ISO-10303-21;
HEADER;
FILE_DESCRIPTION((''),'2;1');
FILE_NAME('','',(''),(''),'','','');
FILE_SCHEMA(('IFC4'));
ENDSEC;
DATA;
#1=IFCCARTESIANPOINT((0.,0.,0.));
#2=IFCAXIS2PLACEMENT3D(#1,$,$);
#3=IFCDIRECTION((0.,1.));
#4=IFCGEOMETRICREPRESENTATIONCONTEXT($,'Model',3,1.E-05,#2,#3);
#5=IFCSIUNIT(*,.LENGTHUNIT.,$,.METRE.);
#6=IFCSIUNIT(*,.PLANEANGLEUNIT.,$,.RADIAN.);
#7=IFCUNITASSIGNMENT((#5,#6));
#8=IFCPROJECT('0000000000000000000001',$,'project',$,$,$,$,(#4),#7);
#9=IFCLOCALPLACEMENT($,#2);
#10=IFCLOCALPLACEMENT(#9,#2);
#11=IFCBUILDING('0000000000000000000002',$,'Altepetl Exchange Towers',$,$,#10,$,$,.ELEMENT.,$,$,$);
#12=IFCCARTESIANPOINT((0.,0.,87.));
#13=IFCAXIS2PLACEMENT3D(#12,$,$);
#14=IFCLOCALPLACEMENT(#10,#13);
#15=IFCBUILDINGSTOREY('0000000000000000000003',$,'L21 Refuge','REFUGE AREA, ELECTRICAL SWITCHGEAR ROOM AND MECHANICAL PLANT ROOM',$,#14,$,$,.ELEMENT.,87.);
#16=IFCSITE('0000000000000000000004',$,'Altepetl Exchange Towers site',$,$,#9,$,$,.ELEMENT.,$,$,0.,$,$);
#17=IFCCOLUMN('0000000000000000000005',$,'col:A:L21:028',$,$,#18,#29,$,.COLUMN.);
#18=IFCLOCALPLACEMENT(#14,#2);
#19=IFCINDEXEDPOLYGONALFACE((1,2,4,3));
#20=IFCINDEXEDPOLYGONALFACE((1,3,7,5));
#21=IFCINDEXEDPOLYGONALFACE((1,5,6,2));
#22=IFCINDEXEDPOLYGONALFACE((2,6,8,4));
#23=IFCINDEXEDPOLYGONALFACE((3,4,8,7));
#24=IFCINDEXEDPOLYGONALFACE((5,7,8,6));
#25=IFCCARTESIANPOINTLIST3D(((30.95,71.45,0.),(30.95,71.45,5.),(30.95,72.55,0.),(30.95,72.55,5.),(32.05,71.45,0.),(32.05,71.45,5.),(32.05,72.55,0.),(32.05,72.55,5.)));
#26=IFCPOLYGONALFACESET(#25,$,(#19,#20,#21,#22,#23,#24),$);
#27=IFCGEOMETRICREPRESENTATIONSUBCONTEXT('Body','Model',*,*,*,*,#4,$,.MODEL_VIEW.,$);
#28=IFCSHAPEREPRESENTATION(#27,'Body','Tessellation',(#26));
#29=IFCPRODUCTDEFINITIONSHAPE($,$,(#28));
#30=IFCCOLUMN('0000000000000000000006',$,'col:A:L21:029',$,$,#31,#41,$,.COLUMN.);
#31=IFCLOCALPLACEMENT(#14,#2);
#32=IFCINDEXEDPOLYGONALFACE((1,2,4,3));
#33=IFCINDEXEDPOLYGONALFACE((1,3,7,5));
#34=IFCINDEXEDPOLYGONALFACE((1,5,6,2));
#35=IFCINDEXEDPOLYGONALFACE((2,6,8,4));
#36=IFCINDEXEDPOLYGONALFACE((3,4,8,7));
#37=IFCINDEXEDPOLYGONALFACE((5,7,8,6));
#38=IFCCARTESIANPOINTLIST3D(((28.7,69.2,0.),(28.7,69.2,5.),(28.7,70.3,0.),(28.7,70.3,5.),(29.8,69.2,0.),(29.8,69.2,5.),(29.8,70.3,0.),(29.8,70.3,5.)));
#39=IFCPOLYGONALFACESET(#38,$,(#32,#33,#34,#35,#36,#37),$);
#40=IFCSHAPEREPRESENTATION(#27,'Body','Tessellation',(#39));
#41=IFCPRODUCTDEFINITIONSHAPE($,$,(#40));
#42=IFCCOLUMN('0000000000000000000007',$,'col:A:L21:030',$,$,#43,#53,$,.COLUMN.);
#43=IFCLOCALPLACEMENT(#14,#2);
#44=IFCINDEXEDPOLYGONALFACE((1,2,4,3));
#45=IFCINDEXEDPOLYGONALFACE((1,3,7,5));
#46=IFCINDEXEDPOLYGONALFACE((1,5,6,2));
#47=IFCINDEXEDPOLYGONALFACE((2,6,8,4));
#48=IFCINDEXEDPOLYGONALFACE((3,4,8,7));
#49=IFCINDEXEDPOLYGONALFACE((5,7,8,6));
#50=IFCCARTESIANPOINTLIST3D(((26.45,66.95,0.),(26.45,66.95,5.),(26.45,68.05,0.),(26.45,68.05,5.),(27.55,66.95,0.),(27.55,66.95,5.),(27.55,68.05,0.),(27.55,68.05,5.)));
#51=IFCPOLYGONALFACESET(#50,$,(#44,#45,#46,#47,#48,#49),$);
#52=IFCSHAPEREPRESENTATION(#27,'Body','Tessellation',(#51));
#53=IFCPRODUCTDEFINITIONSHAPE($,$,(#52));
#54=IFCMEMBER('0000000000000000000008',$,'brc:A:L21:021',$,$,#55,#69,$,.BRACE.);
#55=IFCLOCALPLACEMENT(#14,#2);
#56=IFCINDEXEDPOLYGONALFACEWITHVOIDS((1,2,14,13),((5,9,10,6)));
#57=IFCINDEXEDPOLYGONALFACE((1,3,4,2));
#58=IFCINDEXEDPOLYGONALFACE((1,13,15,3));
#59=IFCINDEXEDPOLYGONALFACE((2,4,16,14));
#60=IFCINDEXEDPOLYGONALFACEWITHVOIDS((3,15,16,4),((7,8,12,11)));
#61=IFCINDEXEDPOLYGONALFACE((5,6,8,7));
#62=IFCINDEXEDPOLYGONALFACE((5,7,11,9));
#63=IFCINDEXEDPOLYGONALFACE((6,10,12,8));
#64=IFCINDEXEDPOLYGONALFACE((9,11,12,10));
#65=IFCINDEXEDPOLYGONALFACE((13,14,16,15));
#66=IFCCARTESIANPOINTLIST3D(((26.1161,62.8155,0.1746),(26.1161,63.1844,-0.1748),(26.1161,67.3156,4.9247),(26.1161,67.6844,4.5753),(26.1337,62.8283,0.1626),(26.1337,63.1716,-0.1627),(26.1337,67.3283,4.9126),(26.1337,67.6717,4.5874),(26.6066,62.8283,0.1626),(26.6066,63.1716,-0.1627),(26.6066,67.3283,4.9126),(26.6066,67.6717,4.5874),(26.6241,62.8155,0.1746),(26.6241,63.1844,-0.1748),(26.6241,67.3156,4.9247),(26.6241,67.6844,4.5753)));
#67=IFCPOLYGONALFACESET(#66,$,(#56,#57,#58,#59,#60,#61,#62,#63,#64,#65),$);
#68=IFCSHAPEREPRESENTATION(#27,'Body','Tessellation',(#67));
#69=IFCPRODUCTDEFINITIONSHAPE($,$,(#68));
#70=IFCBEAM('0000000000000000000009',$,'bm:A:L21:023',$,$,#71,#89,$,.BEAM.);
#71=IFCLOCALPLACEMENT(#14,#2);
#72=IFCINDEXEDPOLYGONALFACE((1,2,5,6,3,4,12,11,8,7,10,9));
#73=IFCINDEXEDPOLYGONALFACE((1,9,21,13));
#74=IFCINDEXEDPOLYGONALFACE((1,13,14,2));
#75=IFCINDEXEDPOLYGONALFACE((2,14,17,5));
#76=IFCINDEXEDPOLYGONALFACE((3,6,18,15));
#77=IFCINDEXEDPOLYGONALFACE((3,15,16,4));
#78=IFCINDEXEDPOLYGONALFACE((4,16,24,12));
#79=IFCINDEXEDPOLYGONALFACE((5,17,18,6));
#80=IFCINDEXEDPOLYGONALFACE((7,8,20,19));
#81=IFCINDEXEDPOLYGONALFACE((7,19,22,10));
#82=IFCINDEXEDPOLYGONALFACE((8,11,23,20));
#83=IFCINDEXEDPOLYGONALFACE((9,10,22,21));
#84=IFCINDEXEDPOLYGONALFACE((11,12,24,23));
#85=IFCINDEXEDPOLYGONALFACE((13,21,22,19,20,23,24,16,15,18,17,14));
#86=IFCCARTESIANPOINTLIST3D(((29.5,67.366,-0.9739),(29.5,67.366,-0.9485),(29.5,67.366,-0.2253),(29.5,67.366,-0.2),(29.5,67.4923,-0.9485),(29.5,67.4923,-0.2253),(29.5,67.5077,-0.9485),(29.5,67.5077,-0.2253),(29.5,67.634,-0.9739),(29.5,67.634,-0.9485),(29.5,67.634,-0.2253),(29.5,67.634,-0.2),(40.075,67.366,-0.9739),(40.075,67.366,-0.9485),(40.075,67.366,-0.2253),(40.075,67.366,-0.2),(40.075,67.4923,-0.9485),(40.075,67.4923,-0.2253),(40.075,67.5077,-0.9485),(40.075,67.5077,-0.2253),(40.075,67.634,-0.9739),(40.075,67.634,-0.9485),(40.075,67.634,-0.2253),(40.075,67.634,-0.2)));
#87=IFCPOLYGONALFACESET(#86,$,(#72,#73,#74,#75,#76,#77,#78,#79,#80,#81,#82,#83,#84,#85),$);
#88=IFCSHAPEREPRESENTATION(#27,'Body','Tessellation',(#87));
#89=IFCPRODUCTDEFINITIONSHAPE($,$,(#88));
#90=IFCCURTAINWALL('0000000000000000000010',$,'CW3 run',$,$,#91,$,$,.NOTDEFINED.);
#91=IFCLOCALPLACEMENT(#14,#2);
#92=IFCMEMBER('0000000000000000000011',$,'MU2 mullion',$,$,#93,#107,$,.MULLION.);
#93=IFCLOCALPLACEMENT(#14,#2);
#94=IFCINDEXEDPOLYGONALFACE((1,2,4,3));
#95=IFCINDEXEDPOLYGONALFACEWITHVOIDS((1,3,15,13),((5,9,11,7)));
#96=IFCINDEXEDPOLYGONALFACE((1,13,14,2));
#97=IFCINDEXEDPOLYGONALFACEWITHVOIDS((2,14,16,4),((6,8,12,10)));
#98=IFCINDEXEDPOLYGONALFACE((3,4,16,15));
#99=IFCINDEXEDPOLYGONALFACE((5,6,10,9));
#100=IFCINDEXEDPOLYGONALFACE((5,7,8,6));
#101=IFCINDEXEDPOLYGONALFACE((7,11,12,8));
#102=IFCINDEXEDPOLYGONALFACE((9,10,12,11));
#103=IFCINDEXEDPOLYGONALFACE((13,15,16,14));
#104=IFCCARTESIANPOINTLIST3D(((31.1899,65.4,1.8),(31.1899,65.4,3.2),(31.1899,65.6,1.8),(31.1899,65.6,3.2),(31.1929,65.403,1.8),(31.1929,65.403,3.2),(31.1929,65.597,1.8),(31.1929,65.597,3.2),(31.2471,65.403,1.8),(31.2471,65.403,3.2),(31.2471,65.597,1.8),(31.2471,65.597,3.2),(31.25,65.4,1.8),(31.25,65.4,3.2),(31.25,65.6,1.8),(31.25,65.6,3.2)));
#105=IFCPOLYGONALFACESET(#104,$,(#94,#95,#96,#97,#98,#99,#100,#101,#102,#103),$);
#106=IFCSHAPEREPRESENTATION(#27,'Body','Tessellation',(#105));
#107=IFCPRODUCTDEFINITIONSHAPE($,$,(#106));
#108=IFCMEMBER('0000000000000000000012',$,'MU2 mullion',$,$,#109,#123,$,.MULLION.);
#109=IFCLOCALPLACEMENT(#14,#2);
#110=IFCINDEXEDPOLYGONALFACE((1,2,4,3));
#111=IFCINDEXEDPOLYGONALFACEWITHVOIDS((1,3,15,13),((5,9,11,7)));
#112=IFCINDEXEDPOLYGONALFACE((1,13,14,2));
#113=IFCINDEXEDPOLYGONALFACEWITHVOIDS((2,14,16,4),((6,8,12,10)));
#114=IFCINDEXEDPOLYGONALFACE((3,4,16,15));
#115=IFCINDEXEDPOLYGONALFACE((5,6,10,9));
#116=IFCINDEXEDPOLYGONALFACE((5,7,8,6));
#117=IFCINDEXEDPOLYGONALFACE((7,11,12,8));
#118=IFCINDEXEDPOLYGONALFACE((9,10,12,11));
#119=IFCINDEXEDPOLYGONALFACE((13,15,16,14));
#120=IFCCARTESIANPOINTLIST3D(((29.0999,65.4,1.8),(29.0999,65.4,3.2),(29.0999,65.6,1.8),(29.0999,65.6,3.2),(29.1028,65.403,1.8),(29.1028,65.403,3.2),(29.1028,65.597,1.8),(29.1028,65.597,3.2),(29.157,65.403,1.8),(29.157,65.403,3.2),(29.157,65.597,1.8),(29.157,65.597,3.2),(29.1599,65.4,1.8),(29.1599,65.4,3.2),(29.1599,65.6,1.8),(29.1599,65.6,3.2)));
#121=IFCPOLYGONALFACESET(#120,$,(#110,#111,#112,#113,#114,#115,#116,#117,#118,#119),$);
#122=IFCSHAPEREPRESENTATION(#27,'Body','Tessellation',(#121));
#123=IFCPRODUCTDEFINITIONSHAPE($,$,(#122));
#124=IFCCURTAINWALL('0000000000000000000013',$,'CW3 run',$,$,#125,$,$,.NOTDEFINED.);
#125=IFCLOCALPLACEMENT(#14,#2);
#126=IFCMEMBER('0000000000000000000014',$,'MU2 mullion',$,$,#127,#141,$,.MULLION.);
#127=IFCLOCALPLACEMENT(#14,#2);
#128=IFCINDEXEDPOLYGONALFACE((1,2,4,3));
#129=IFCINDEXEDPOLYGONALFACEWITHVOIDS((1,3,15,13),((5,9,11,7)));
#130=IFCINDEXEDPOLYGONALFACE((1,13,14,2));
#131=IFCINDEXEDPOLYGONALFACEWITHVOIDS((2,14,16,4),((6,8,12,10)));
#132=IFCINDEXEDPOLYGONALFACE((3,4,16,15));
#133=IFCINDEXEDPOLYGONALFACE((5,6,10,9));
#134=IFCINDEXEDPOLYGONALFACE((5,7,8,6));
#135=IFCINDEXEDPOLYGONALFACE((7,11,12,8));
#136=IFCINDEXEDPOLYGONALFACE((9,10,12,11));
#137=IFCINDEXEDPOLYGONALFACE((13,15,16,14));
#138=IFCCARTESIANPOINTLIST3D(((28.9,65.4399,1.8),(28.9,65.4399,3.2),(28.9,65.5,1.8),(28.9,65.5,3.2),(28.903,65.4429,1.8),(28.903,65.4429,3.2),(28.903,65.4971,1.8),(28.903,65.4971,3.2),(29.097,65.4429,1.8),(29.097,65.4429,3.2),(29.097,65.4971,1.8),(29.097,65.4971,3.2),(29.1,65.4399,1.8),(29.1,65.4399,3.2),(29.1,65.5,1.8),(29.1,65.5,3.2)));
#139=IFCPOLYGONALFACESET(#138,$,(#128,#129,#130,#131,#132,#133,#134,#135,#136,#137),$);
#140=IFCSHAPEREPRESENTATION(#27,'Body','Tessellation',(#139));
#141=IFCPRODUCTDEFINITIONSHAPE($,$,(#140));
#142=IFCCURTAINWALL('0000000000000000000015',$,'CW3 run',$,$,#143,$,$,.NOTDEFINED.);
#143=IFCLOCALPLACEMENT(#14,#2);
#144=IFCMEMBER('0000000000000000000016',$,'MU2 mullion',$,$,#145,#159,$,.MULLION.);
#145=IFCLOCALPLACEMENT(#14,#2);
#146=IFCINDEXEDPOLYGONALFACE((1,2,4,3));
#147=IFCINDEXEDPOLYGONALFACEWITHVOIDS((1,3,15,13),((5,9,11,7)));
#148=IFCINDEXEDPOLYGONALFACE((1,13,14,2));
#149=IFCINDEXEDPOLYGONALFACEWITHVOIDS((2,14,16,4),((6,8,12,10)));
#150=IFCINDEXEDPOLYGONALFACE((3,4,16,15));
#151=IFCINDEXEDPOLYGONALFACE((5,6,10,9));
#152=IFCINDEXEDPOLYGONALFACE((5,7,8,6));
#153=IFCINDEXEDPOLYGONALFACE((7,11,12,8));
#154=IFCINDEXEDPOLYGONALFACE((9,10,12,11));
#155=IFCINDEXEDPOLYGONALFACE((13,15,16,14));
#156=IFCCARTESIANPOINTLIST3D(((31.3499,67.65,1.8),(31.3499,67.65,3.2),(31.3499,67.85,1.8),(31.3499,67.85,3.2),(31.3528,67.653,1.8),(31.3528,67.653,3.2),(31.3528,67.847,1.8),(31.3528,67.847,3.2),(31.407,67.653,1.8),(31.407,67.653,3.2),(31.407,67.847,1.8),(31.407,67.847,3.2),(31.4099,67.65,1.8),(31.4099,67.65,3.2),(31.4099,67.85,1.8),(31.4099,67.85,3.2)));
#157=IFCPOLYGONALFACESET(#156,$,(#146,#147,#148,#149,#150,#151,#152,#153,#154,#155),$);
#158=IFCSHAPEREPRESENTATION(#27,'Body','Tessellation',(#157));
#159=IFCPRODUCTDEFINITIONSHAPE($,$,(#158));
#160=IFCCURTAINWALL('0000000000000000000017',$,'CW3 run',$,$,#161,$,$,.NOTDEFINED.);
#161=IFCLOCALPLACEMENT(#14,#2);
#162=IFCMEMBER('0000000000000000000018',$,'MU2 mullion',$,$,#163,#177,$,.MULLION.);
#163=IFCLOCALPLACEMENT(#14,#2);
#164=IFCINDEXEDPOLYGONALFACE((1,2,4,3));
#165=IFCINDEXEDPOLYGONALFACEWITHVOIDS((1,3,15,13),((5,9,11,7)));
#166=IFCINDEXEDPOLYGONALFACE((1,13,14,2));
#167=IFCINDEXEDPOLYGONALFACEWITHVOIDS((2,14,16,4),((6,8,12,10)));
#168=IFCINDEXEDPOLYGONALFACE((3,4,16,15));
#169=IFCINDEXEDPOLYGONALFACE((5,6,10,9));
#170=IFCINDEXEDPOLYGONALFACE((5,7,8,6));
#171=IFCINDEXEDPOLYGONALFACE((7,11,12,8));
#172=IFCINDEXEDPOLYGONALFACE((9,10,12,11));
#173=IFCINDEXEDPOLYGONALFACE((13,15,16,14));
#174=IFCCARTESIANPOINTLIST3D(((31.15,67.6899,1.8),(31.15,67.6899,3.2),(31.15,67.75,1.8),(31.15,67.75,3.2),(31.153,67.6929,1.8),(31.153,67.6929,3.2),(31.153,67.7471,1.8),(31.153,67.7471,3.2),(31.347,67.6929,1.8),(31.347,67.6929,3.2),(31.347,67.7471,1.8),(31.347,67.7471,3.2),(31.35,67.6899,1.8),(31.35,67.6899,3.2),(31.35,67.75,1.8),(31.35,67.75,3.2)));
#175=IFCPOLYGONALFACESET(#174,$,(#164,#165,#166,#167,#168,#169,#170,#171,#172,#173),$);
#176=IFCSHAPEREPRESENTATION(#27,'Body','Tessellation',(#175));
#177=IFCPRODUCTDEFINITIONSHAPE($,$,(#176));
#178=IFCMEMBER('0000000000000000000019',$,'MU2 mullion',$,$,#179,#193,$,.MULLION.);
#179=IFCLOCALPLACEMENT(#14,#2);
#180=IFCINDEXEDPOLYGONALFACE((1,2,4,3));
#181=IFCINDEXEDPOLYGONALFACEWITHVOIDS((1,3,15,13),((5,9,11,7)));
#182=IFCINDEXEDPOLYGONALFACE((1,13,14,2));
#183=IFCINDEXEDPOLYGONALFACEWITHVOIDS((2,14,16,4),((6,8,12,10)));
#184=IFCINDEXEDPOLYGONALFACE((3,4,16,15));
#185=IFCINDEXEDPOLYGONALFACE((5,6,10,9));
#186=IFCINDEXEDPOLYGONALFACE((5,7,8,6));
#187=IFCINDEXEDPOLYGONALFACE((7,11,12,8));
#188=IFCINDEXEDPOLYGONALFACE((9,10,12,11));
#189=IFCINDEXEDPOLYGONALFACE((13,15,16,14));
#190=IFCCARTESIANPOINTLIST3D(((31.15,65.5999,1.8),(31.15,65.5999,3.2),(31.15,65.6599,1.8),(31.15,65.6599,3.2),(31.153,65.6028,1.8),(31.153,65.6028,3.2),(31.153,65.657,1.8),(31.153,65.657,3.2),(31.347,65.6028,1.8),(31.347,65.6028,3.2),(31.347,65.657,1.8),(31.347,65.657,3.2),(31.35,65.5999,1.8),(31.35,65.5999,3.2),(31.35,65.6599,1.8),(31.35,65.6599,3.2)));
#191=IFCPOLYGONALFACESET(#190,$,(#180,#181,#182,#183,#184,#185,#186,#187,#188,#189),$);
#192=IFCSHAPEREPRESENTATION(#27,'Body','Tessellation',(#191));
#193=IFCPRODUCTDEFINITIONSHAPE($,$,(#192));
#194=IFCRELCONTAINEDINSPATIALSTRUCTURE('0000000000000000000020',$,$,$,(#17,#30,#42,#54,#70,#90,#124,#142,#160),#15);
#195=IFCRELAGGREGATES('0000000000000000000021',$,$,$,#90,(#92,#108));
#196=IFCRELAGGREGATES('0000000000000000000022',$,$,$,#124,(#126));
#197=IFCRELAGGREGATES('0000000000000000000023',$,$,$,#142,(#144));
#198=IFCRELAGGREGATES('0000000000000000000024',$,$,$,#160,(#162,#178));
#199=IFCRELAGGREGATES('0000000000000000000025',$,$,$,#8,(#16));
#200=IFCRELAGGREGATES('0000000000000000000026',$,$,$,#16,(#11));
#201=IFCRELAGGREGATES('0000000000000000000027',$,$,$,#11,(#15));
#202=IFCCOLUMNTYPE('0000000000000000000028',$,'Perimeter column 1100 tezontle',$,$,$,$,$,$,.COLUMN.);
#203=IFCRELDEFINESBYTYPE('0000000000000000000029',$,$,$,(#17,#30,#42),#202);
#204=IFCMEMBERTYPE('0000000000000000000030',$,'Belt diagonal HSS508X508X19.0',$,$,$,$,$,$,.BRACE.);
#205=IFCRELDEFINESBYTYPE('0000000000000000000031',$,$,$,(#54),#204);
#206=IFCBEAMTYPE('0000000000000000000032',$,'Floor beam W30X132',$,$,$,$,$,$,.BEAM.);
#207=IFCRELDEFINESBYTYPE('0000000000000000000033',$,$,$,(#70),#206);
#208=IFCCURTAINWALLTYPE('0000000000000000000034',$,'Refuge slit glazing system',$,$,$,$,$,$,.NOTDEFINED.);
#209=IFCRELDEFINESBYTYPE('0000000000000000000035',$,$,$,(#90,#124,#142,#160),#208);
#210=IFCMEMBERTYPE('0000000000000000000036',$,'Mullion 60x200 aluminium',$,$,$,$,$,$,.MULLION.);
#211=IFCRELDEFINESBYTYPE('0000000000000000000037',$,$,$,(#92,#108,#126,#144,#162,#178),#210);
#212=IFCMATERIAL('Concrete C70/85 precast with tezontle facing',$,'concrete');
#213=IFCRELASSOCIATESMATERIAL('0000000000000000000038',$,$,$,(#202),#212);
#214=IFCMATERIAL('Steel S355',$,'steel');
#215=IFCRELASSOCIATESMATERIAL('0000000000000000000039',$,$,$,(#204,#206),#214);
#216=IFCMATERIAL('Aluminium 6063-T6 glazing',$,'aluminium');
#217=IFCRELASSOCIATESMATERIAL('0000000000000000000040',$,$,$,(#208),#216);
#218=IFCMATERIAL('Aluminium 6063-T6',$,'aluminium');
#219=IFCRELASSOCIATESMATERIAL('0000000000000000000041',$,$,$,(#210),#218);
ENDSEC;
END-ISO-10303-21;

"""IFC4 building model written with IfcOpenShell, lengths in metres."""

from ifc_helpers import new_model, si_unit, direction, frame, origin, origin_2d, place, context, subcontext, project, spatial, rectangle, hollow_rectangle, i_section, extrude, material, material_profile, profile_set, type_object, element, aggregate, save


model = new_model("IFC4")

# Units and contexts
model_context = context("Model", 3, precision=1e-05, world=origin(), true_north=direction((0.0, 1.0)))
body_context = subcontext(model_context, "Body", "Model", "MODEL_VIEW")
ifc_project = project(units=[si_unit("LENGTHUNIT", "METRE"), si_unit("PLANEANGLEUNIT", "RADIAN")], contexts=[model_context])

# Site, building, storey
site_placement = place(None, origin())
site = spatial("IfcSite", under=ifc_project, at=site_placement, Name="Altepetl Exchange Towers site", CompositionType="ELEMENT", RefElevation=0.0)
building_placement = place(site_placement, origin())
building = spatial("IfcBuilding", under=site, at=building_placement, Name="Altepetl Exchange Towers", CompositionType="ELEMENT")
storey_placement = place(building_placement, frame((0.0, 0.0, 87.0)))
storey = spatial("IfcBuildingStorey", under=building, at=storey_placement, Name="L21 Refuge", Description="REFUGE AREA, ELECTRICAL SWITCHGEAR ROOM AND MECHANICAL PLANT ROOM", CompositionType="ELEMENT", Elevation=87.0)

# Columns
ifc_material_1 = material(Name="Concrete C70/85 precast with tezontle facing", Category="concrete")
ifc_material_profile_1 = material_profile(ifc_material_1, rectangle(XDim=1.1001, YDim=1.1001, at=origin_2d()), Name="1100 x 1100")
ifc_profile_set_1 = profile_set([ifc_material_profile_1], Name="Concrete C70/85 precast with tezontle facing")
column_type = type_object("IfcColumnType", Name="Perimeter column 1100 tezontle", PredefinedType="COLUMN", material=ifc_profile_set_1)
for number, where, name in (
    (1, (31.5, 72.0, 0.0), "col:A:L21:028"),
    (2, (29.25, 69.75, 0.0), "col:A:L21:029"),
    (3, (27.0, 67.5, 0.0), "col:A:L21:030"),
):
    element("IfcColumn", number, at=place(storey_placement, frame(where)), inside=storey, type_object=column_type, Name=name, PredefinedType="COLUMN", context=body_context, shape_type="SweptSolid", body=[
        extrude(rectangle(XDim=1.1001, YDim=1.1001, at=origin_2d()), origin(), (0.0, 0.0, 1.0), 5.0),
    ])

# Member
ifc_material_2 = material(Name="Steel S355", Category="steel")
ifc_material_profile_2 = material_profile(ifc_material_2, hollow_rectangle(XDim=0.5081, YDim=0.5081, WallThickness=0.0176, at=origin_2d()), Name="HSS508X508X19.0")
ifc_profile_set_2 = profile_set([ifc_material_profile_2], Name="Steel S355")
member_type_1 = type_object("IfcMemberType", Name="Belt diagonal HSS508X508X19.0", PredefinedType="BRACE", material=ifc_profile_set_2)
member_1_placement = place(storey_placement, frame((26.3701, 67.5, 4.75), z_axis=(0.0, -0.687745, -0.725953), x_axis=(1.0, 0.0, 0.0)))
element("IfcMember", 4, at=member_1_placement, inside=storey, type_object=member_type_1, Name="brc:A:L21:021", PredefinedType="BRACE", context=body_context, shape_type="SweptSolid", body=[
    extrude(hollow_rectangle(XDim=0.5081, YDim=0.5081, WallThickness=0.0176, at=origin_2d()), origin(), (0.0, 0.0, 1.0), 6.5432),
])

# Beam
ifc_material_profile_3 = material_profile(ifc_material_2, i_section(OverallWidth=0.2681, OverallDepth=0.7739, WebThickness=0.0154, FlangeThickness=0.0254, at=origin_2d()), Name="W30X132")
ifc_profile_set_3 = profile_set([ifc_material_profile_3], Name="Steel S355")
beam_type_1 = type_object("IfcBeamType", Name="Floor beam W30X132", PredefinedType="BEAM", material=ifc_profile_set_3)
beam_1_placement = place(storey_placement, frame((29.5, 67.5, -0.5869), z_axis=(1.0, 0.0, 0.0), x_axis=(0.0, 1.0, 0.0)))
element("IfcBeam", 5, at=beam_1_placement, inside=storey, type_object=beam_type_1, Name="bm:A:L21:023", PredefinedType="BEAM", context=body_context, shape_type="SweptSolid", body=[
    extrude(i_section(OverallWidth=0.2681, OverallDepth=0.7739, WebThickness=0.0154, FlangeThickness=0.0254, at=origin_2d()), origin(), (0.0, 0.0, 1.0), 10.575),
])

# Curtain wall, members
ifc_material_3 = material(Name="Aluminium 6063-T6 glazing", Category="aluminium")
curtain_wall_type = type_object("IfcCurtainWallType", Name="Refuge slit glazing system", PredefinedType="NOTDEFINED", material=ifc_material_3)
curtain_wall_1_placement = place(storey_placement, origin())
curtain_wall_1 = element("IfcCurtainWall", 6, at=curtain_wall_1_placement, inside=storey, type_object=curtain_wall_type, Name="CW3 run", PredefinedType="NOTDEFINED")
ifc_material_4 = material(Name="Aluminium 6063-T6", Category="aluminium")
ifc_material_profile_4 = material_profile(ifc_material_4, hollow_rectangle(XDim=0.0601, YDim=0.2, WallThickness=0.0029, at=origin_2d()), Name="Mullion 60x200 aluminium")
ifc_profile_set_4 = profile_set([ifc_material_profile_4], Name="Aluminium 6063-T6")
member_type_2 = type_object("IfcMemberType", Name="Mullion 60x200 aluminium", PredefinedType="MULLION", material=ifc_profile_set_4)
member_2_placement = place(storey_placement, frame((31.22, 65.5, 1.8), z_axis=(0.0, 0.0, 1.0), x_axis=(-1.0, 0.0, 0.0)))
member_2 = element("IfcMember", 7, at=member_2_placement, type_object=member_type_2, Name="MU2 mullion", PredefinedType="MULLION", context=body_context, shape_type="SweptSolid", body=[
    extrude(hollow_rectangle(XDim=0.0601, YDim=0.2, WallThickness=0.0029, at=origin_2d()), origin(), (0.0, 0.0, 1.0), 1.3999),
])
member_3_placement = place(storey_placement, frame((29.1299, 65.5, 1.8), z_axis=(0.0, 0.0, 1.0), x_axis=(-1.0, 0.0, 0.0)))
member_3 = element("IfcMember", 8, at=member_3_placement, type_object=member_type_2, Name="MU2 mullion", PredefinedType="MULLION", context=body_context, shape_type="SweptSolid", body=[
    extrude(hollow_rectangle(XDim=0.0601, YDim=0.2, WallThickness=0.0029, at=origin_2d()), origin(), (0.0, 0.0, 1.0), 1.3999),
])

# Curtain walls, members
curtain_wall_2_placement = place(storey_placement, origin())
curtain_wall_2 = element("IfcCurtainWall", 9, at=curtain_wall_2_placement, inside=storey, type_object=curtain_wall_type, Name="CW3 run", PredefinedType="NOTDEFINED")
member_4_placement = place(storey_placement, frame((29.0, 65.47, 1.8), z_axis=(0.0, 0.0, 1.0), x_axis=(0.0, -1.0, 0.0)))
member_4 = element("IfcMember", 10, at=member_4_placement, type_object=member_type_2, Name="MU2 mullion", PredefinedType="MULLION", context=body_context, shape_type="SweptSolid", body=[
    extrude(hollow_rectangle(XDim=0.0601, YDim=0.2, WallThickness=0.0029, at=origin_2d()), origin(), (0.0, 0.0, 1.0), 1.3999),
])
curtain_wall_3_placement = place(storey_placement, origin())
curtain_wall_3 = element("IfcCurtainWall", 11, at=curtain_wall_3_placement, inside=storey, type_object=curtain_wall_type, Name="CW3 run", PredefinedType="NOTDEFINED")
member_5_placement = place(storey_placement, frame((31.3799, 67.75, 1.8), z_axis=(0.0, 0.0, 1.0), x_axis=(-1.0, 0.0, 0.0)))
member_5 = element("IfcMember", 12, at=member_5_placement, type_object=member_type_2, Name="MU2 mullion", PredefinedType="MULLION", context=body_context, shape_type="SweptSolid", body=[
    extrude(hollow_rectangle(XDim=0.0601, YDim=0.2, WallThickness=0.0029, at=origin_2d()), origin(), (0.0, 0.0, 1.0), 1.3999),
])

# Curtain wall, members
curtain_wall_4_placement = place(storey_placement, origin())
curtain_wall_4 = element("IfcCurtainWall", 13, at=curtain_wall_4_placement, inside=storey, type_object=curtain_wall_type, Name="CW3 run", PredefinedType="NOTDEFINED")
member_6_placement = place(storey_placement, frame((31.25, 67.72, 1.8), z_axis=(0.0, 0.0, 1.0), x_axis=(0.0, -1.0, 0.0)))
member_6 = element("IfcMember", 14, at=member_6_placement, type_object=member_type_2, Name="MU2 mullion", PredefinedType="MULLION", context=body_context, shape_type="SweptSolid", body=[
    extrude(hollow_rectangle(XDim=0.0601, YDim=0.2, WallThickness=0.0029, at=origin_2d()), origin(), (0.0, 0.0, 1.0), 1.3999),
])
member_7_placement = place(storey_placement, frame((31.25, 65.6299, 1.8), z_axis=(0.0, 0.0, 1.0), x_axis=(0.0, -1.0, 0.0)))
member_7 = element("IfcMember", 15, at=member_7_placement, type_object=member_type_2, Name="MU2 mullion", PredefinedType="MULLION", context=body_context, shape_type="SweptSolid", body=[
    extrude(hollow_rectangle(XDim=0.0601, YDim=0.2, WallThickness=0.0029, at=origin_2d()), origin(), (0.0, 0.0, 1.0), 1.3999),
])

aggregate(curtain_wall_1, [member_2, member_3])
aggregate(curtain_wall_2, [member_4])
aggregate(curtain_wall_3, [member_5])
aggregate(curtain_wall_4, [member_6, member_7])

save(model, "model.ifc")
